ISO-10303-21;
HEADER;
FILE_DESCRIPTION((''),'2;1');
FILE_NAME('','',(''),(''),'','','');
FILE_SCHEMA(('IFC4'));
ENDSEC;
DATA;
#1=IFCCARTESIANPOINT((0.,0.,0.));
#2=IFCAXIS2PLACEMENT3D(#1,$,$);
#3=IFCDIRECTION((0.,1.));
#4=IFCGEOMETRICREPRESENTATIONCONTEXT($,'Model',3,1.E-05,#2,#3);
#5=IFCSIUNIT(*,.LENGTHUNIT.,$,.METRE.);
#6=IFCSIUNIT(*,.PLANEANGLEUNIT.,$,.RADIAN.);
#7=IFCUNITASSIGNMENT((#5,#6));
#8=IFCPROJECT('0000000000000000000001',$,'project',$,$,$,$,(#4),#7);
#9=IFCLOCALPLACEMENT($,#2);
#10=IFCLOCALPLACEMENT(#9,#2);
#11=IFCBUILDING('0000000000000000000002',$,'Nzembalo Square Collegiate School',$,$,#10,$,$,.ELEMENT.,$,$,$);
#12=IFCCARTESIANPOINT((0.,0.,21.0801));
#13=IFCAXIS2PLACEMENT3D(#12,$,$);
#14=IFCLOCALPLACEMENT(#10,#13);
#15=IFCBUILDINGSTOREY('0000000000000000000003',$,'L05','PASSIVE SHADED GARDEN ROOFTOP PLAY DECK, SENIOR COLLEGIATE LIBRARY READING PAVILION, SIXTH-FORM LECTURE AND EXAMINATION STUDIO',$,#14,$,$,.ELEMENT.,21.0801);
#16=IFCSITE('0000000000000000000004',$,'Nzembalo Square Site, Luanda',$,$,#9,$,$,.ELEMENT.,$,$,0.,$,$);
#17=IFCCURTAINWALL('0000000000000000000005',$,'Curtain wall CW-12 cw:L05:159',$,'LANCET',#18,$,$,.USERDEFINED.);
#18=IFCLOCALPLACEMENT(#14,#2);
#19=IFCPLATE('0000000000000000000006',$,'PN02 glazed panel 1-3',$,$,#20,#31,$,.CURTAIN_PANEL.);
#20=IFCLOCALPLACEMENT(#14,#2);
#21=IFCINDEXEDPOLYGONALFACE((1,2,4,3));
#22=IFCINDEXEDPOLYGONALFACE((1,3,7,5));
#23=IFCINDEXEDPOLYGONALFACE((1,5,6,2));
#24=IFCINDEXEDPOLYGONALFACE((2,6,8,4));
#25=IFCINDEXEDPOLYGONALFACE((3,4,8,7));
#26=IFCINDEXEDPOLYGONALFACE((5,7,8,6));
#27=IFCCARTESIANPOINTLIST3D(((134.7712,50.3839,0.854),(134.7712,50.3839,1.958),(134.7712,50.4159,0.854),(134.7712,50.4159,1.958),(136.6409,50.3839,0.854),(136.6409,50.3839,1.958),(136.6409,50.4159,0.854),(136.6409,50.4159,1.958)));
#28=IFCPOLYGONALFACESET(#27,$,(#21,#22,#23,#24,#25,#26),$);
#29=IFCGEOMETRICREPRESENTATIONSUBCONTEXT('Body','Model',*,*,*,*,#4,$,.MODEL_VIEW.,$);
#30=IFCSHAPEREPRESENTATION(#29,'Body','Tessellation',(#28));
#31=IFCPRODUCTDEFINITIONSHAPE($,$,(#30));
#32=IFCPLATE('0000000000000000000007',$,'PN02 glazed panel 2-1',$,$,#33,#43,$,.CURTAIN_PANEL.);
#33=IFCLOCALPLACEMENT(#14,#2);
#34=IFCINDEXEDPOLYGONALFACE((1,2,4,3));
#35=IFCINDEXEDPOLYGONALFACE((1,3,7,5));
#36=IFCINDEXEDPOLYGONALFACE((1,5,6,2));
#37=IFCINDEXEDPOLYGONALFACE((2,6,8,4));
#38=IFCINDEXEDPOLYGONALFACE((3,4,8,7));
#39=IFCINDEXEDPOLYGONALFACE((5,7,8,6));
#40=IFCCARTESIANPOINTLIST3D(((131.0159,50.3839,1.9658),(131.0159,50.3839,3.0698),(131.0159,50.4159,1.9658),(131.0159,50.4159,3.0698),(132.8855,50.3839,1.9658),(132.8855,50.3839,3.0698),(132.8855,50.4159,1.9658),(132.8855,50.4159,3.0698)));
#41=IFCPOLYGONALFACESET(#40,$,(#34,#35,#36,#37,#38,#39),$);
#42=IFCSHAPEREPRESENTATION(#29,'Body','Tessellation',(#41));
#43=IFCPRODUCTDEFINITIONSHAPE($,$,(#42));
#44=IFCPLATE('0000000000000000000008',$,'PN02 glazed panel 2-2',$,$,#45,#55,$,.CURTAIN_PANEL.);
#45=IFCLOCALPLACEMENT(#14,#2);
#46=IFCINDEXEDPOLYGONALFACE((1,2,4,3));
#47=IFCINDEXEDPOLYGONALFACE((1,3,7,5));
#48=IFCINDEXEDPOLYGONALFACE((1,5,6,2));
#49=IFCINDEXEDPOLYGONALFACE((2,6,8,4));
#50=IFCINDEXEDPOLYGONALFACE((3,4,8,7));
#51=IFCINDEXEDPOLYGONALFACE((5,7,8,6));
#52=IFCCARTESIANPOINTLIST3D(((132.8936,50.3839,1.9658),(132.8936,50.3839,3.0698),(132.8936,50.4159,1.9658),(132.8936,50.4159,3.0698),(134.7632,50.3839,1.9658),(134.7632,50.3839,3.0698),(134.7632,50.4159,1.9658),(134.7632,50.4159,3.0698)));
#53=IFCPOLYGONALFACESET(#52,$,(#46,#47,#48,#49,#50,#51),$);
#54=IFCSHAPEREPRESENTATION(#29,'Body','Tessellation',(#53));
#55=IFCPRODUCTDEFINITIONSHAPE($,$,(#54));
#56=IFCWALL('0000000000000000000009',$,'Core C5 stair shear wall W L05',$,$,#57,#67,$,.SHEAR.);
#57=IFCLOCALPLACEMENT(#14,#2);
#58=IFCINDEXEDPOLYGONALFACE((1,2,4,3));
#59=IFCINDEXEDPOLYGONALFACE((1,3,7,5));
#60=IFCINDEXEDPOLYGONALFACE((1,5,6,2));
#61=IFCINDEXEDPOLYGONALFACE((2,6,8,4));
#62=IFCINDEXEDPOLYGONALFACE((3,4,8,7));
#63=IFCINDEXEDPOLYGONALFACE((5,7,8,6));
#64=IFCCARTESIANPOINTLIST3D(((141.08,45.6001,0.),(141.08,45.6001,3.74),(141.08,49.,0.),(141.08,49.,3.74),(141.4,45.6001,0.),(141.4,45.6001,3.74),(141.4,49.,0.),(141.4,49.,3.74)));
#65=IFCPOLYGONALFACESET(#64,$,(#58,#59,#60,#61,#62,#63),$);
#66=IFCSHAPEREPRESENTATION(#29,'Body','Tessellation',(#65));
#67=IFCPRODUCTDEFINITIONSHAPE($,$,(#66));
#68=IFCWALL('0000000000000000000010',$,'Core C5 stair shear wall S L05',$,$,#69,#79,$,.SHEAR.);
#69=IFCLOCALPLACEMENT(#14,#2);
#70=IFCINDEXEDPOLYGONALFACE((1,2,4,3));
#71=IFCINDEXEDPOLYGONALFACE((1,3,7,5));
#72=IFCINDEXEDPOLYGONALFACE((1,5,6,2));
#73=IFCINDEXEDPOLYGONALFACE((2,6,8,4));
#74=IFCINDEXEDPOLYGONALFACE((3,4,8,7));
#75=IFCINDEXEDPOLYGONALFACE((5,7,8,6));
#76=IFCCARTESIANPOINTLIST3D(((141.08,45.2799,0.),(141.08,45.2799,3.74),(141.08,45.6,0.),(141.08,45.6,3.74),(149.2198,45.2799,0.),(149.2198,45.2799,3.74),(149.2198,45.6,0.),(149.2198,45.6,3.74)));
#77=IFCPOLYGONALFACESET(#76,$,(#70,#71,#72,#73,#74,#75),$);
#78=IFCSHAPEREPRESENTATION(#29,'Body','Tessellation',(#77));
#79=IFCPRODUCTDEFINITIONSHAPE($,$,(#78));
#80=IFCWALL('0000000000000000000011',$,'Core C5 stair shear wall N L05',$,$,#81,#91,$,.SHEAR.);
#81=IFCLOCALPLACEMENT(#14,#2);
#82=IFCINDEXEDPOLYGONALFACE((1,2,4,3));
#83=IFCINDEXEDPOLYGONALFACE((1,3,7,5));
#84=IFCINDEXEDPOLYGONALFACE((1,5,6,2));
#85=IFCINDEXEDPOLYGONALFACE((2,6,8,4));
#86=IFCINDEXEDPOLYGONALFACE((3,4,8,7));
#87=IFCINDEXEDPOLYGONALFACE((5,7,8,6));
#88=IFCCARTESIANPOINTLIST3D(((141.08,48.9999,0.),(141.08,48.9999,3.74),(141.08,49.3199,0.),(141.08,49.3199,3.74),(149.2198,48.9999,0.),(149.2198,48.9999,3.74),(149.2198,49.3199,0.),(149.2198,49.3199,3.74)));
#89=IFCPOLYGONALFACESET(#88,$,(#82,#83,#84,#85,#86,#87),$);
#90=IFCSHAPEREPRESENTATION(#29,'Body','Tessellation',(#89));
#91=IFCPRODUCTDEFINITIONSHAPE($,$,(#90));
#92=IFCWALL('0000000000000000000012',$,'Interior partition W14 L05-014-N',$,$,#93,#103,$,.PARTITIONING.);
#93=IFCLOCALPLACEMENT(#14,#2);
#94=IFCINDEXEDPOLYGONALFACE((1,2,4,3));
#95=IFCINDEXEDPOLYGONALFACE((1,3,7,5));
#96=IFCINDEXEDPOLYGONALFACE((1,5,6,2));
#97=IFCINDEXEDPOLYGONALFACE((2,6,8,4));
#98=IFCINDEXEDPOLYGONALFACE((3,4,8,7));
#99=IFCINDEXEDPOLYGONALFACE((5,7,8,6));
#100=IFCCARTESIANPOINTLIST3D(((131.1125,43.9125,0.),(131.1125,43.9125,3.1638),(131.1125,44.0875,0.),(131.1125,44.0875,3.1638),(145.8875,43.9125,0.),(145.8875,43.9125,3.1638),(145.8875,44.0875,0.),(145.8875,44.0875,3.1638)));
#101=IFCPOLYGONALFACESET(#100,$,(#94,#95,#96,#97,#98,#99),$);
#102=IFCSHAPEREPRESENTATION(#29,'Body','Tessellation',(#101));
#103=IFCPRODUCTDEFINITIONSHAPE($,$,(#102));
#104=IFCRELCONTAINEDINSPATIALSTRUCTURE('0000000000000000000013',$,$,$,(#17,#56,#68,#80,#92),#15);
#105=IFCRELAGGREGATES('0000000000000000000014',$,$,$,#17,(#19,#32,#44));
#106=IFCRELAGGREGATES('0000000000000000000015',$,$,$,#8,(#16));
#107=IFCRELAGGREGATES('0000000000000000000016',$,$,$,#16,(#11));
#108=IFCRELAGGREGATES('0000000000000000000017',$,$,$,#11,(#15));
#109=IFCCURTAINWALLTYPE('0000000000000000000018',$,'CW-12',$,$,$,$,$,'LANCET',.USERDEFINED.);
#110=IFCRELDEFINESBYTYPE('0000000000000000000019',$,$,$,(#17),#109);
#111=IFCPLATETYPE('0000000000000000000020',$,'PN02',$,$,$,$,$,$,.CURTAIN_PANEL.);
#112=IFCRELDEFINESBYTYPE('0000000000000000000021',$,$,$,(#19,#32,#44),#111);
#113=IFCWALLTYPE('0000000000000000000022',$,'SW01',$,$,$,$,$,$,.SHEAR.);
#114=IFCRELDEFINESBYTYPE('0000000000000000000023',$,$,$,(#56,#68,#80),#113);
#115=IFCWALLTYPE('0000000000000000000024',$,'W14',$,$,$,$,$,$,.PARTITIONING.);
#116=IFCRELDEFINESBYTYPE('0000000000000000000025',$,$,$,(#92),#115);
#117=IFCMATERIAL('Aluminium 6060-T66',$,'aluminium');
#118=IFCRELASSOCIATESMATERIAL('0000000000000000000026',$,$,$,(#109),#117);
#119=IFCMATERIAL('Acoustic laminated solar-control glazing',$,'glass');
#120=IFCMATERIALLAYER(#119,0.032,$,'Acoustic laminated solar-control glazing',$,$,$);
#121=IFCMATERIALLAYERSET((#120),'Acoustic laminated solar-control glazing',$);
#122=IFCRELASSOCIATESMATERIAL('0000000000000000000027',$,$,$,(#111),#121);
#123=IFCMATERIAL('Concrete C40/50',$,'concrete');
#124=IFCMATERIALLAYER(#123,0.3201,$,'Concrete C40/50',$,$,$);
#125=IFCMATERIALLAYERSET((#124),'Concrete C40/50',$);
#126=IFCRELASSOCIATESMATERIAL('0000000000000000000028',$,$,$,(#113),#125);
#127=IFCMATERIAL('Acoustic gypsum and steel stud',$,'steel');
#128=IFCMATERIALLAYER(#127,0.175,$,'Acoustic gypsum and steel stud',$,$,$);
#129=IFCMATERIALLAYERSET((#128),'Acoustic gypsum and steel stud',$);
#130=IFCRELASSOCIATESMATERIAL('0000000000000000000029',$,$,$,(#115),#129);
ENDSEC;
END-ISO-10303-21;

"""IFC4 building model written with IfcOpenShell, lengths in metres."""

from ifc_helpers import new_model, si_unit, direction, frame, frame_2d, origin, origin_2d, place, context, subcontext, project, spatial, rectangle, extrude, material, layer, layer_set, type_object, element, aggregate, save


model = new_model("IFC4")

# Units and contexts
model_context = context("Model", 3, precision=1e-05, world=origin(), true_north=direction((0.0, 1.0)))
body_context = subcontext(model_context, "Body", "Model", "MODEL_VIEW")
ifc_project = project(units=[si_unit("LENGTHUNIT", "METRE"), si_unit("PLANEANGLEUNIT", "RADIAN")], contexts=[model_context])

# Site, building, storey
site_placement = place(None, origin())
site = spatial("IfcSite", under=ifc_project, at=site_placement, Name="Nzembalo Square Site, Luanda", CompositionType="ELEMENT", RefElevation=0.0)
building_placement = place(site_placement, origin())
building = spatial("IfcBuilding", under=site, at=building_placement, Name="Nzembalo Square Collegiate School", CompositionType="ELEMENT")
storey_placement = place(building_placement, frame((0.0, 0.0, 21.0801)))
storey = spatial("IfcBuildingStorey", under=building, at=storey_placement, Name="L05", Description="PASSIVE SHADED GARDEN ROOFTOP PLAY DECK, SENIOR COLLEGIATE LIBRARY READING PAVILION, SIXTH-FORM LECTURE AND EXAMINATION STUDIO", CompositionType="ELEMENT", Elevation=21.0801)

# Curtain wall, plates
ifc_material_1 = material(Name="Aluminium 6060-T66", Category="aluminium")
curtain_wall_type = type_object("IfcCurtainWallType", Name="CW-12", ElementType="LANCET", PredefinedType="USERDEFINED", material=ifc_material_1)
curtain_wall_placement = place(storey_placement, origin())
curtain_wall = element("IfcCurtainWall", 1, at=curtain_wall_placement, inside=storey, type_object=curtain_wall_type, Name="Curtain wall CW-12 cw:L05:159", ObjectType="LANCET", PredefinedType="USERDEFINED")
ifc_material_2 = material(Name="Acoustic laminated solar-control glazing", Category="glass")
ifc_layer_1 = layer(ifc_material_2, 0.032, Name="Acoustic laminated solar-control glazing")
ifc_layer_set_1 = layer_set([ifc_layer_1], Name="Acoustic laminated solar-control glazing")
plate_type = type_object("IfcPlateType", Name="PN02", PredefinedType="CURTAIN_PANEL", material=ifc_layer_set_1)
plate_1_placement = place(storey_placement, frame((135.7061, 50.3999, 0.854), z_axis=(0.0, 0.0, 1.0), x_axis=(1.0, 0.0, 0.0)))
plate_1 = element("IfcPlate", 2, at=plate_1_placement, type_object=plate_type, Name="PN02 glazed panel 1-3", PredefinedType="CURTAIN_PANEL", context=body_context, shape_type="SweptSolid", body=[
    extrude(rectangle(XDim=1.8696, YDim=0.032, at=origin_2d()), origin(), (0.0, 0.0, 1.0), 1.104),
])
plate_2_placement = place(storey_placement, frame((131.9507, 50.3999, 1.9658), z_axis=(0.0, 0.0, 1.0), x_axis=(1.0, 0.0, 0.0)))
plate_2 = element("IfcPlate", 3, at=plate_2_placement, type_object=plate_type, Name="PN02 glazed panel 2-1", PredefinedType="CURTAIN_PANEL", context=body_context, shape_type="SweptSolid", body=[
    extrude(rectangle(XDim=1.8696, YDim=0.032, at=origin_2d()), origin(), (0.0, 0.0, 1.0), 1.104),
])
plate_3_placement = place(storey_placement, frame((133.8284, 50.3999, 1.9658), z_axis=(0.0, 0.0, 1.0), x_axis=(1.0, 0.0, 0.0)))
plate_3 = element("IfcPlate", 4, at=plate_3_placement, type_object=plate_type, Name="PN02 glazed panel 2-2", PredefinedType="CURTAIN_PANEL", context=body_context, shape_type="SweptSolid", body=[
    extrude(rectangle(XDim=1.8696, YDim=0.032, at=origin_2d()), origin(), (0.0, 0.0, 1.0), 1.104),
])
aggregate(curtain_wall, [plate_1, plate_2, plate_3])

# Walls
ifc_material_3 = material(Name="Concrete C40/50", Category="concrete")
ifc_layer_2 = layer(ifc_material_3, 0.3201, Name="Concrete C40/50")
ifc_layer_set_2 = layer_set([ifc_layer_2], Name="Concrete C40/50")
wall_type_1 = type_object("IfcWallType", Name="SW01", PredefinedType="SHEAR", material=ifc_layer_set_2)
wall_1_placement = place(storey_placement, frame((141.24, 45.6001, 0.0), z_axis=(0.0, 0.0, 1.0), x_axis=(0.0, 1.0, 0.0)))
element("IfcWall", 5, at=wall_1_placement, inside=storey, type_object=wall_type_1, Name="Core C5 stair shear wall W L05", PredefinedType="SHEAR", context=body_context, shape_type="SweptSolid", body=[
    extrude(rectangle(XDim=3.3999, YDim=0.3201, at=frame_2d((1.7, 0.0))), origin(), (0.0, 0.0, 1.0), 3.74),
])
for number, where, z_axis, x_axis, name in (
    (6, (141.0801, 45.4399, 0.0), (0.0, 0.0, 1.0), (1.0, 0.0, 0.0), "Core C5 stair shear wall S L05"),
    (7, (141.0801, 49.1599, 0.0), (0.0, 0.0, 1.0), (1.0, 0.0, 0.0), "Core C5 stair shear wall N L05"),
):
    element("IfcWall", number, at=place(storey_placement, frame(where, z_axis=z_axis, x_axis=x_axis)), inside=storey, type_object=wall_type_1, Name=name, PredefinedType="SHEAR", context=body_context, shape_type="SweptSolid", body=[
        extrude(rectangle(XDim=8.1399, YDim=0.3201, at=frame_2d((4.0698, 0.0))), origin(), (0.0, 0.0, 1.0), 3.74),
    ])
ifc_material_4 = material(Name="Acoustic gypsum and steel stud", Category="steel")
ifc_layer_3 = layer(ifc_material_4, 0.175, Name="Acoustic gypsum and steel stud")
ifc_layer_set_3 = layer_set([ifc_layer_3], Name="Acoustic gypsum and steel stud")
wall_type_2 = type_object("IfcWallType", Name="W14", PredefinedType="PARTITIONING", material=ifc_layer_set_3)
wall_2_placement = place(storey_placement, frame((131.1125, 44.0, 0.0), z_axis=(0.0, 0.0, 1.0), x_axis=(1.0, 0.0, 0.0)))
element("IfcWall", 8, at=wall_2_placement, inside=storey, type_object=wall_type_2, Name="Interior partition W14 L05-014-N", PredefinedType="PARTITIONING", context=body_context, shape_type="SweptSolid", body=[
    extrude(rectangle(XDim=14.7749, YDim=0.175, at=frame_2d((7.3875, 0.0))), origin(), (0.0, 0.0, 1.0), 3.1638),
])

save(model, "model.ifc")
